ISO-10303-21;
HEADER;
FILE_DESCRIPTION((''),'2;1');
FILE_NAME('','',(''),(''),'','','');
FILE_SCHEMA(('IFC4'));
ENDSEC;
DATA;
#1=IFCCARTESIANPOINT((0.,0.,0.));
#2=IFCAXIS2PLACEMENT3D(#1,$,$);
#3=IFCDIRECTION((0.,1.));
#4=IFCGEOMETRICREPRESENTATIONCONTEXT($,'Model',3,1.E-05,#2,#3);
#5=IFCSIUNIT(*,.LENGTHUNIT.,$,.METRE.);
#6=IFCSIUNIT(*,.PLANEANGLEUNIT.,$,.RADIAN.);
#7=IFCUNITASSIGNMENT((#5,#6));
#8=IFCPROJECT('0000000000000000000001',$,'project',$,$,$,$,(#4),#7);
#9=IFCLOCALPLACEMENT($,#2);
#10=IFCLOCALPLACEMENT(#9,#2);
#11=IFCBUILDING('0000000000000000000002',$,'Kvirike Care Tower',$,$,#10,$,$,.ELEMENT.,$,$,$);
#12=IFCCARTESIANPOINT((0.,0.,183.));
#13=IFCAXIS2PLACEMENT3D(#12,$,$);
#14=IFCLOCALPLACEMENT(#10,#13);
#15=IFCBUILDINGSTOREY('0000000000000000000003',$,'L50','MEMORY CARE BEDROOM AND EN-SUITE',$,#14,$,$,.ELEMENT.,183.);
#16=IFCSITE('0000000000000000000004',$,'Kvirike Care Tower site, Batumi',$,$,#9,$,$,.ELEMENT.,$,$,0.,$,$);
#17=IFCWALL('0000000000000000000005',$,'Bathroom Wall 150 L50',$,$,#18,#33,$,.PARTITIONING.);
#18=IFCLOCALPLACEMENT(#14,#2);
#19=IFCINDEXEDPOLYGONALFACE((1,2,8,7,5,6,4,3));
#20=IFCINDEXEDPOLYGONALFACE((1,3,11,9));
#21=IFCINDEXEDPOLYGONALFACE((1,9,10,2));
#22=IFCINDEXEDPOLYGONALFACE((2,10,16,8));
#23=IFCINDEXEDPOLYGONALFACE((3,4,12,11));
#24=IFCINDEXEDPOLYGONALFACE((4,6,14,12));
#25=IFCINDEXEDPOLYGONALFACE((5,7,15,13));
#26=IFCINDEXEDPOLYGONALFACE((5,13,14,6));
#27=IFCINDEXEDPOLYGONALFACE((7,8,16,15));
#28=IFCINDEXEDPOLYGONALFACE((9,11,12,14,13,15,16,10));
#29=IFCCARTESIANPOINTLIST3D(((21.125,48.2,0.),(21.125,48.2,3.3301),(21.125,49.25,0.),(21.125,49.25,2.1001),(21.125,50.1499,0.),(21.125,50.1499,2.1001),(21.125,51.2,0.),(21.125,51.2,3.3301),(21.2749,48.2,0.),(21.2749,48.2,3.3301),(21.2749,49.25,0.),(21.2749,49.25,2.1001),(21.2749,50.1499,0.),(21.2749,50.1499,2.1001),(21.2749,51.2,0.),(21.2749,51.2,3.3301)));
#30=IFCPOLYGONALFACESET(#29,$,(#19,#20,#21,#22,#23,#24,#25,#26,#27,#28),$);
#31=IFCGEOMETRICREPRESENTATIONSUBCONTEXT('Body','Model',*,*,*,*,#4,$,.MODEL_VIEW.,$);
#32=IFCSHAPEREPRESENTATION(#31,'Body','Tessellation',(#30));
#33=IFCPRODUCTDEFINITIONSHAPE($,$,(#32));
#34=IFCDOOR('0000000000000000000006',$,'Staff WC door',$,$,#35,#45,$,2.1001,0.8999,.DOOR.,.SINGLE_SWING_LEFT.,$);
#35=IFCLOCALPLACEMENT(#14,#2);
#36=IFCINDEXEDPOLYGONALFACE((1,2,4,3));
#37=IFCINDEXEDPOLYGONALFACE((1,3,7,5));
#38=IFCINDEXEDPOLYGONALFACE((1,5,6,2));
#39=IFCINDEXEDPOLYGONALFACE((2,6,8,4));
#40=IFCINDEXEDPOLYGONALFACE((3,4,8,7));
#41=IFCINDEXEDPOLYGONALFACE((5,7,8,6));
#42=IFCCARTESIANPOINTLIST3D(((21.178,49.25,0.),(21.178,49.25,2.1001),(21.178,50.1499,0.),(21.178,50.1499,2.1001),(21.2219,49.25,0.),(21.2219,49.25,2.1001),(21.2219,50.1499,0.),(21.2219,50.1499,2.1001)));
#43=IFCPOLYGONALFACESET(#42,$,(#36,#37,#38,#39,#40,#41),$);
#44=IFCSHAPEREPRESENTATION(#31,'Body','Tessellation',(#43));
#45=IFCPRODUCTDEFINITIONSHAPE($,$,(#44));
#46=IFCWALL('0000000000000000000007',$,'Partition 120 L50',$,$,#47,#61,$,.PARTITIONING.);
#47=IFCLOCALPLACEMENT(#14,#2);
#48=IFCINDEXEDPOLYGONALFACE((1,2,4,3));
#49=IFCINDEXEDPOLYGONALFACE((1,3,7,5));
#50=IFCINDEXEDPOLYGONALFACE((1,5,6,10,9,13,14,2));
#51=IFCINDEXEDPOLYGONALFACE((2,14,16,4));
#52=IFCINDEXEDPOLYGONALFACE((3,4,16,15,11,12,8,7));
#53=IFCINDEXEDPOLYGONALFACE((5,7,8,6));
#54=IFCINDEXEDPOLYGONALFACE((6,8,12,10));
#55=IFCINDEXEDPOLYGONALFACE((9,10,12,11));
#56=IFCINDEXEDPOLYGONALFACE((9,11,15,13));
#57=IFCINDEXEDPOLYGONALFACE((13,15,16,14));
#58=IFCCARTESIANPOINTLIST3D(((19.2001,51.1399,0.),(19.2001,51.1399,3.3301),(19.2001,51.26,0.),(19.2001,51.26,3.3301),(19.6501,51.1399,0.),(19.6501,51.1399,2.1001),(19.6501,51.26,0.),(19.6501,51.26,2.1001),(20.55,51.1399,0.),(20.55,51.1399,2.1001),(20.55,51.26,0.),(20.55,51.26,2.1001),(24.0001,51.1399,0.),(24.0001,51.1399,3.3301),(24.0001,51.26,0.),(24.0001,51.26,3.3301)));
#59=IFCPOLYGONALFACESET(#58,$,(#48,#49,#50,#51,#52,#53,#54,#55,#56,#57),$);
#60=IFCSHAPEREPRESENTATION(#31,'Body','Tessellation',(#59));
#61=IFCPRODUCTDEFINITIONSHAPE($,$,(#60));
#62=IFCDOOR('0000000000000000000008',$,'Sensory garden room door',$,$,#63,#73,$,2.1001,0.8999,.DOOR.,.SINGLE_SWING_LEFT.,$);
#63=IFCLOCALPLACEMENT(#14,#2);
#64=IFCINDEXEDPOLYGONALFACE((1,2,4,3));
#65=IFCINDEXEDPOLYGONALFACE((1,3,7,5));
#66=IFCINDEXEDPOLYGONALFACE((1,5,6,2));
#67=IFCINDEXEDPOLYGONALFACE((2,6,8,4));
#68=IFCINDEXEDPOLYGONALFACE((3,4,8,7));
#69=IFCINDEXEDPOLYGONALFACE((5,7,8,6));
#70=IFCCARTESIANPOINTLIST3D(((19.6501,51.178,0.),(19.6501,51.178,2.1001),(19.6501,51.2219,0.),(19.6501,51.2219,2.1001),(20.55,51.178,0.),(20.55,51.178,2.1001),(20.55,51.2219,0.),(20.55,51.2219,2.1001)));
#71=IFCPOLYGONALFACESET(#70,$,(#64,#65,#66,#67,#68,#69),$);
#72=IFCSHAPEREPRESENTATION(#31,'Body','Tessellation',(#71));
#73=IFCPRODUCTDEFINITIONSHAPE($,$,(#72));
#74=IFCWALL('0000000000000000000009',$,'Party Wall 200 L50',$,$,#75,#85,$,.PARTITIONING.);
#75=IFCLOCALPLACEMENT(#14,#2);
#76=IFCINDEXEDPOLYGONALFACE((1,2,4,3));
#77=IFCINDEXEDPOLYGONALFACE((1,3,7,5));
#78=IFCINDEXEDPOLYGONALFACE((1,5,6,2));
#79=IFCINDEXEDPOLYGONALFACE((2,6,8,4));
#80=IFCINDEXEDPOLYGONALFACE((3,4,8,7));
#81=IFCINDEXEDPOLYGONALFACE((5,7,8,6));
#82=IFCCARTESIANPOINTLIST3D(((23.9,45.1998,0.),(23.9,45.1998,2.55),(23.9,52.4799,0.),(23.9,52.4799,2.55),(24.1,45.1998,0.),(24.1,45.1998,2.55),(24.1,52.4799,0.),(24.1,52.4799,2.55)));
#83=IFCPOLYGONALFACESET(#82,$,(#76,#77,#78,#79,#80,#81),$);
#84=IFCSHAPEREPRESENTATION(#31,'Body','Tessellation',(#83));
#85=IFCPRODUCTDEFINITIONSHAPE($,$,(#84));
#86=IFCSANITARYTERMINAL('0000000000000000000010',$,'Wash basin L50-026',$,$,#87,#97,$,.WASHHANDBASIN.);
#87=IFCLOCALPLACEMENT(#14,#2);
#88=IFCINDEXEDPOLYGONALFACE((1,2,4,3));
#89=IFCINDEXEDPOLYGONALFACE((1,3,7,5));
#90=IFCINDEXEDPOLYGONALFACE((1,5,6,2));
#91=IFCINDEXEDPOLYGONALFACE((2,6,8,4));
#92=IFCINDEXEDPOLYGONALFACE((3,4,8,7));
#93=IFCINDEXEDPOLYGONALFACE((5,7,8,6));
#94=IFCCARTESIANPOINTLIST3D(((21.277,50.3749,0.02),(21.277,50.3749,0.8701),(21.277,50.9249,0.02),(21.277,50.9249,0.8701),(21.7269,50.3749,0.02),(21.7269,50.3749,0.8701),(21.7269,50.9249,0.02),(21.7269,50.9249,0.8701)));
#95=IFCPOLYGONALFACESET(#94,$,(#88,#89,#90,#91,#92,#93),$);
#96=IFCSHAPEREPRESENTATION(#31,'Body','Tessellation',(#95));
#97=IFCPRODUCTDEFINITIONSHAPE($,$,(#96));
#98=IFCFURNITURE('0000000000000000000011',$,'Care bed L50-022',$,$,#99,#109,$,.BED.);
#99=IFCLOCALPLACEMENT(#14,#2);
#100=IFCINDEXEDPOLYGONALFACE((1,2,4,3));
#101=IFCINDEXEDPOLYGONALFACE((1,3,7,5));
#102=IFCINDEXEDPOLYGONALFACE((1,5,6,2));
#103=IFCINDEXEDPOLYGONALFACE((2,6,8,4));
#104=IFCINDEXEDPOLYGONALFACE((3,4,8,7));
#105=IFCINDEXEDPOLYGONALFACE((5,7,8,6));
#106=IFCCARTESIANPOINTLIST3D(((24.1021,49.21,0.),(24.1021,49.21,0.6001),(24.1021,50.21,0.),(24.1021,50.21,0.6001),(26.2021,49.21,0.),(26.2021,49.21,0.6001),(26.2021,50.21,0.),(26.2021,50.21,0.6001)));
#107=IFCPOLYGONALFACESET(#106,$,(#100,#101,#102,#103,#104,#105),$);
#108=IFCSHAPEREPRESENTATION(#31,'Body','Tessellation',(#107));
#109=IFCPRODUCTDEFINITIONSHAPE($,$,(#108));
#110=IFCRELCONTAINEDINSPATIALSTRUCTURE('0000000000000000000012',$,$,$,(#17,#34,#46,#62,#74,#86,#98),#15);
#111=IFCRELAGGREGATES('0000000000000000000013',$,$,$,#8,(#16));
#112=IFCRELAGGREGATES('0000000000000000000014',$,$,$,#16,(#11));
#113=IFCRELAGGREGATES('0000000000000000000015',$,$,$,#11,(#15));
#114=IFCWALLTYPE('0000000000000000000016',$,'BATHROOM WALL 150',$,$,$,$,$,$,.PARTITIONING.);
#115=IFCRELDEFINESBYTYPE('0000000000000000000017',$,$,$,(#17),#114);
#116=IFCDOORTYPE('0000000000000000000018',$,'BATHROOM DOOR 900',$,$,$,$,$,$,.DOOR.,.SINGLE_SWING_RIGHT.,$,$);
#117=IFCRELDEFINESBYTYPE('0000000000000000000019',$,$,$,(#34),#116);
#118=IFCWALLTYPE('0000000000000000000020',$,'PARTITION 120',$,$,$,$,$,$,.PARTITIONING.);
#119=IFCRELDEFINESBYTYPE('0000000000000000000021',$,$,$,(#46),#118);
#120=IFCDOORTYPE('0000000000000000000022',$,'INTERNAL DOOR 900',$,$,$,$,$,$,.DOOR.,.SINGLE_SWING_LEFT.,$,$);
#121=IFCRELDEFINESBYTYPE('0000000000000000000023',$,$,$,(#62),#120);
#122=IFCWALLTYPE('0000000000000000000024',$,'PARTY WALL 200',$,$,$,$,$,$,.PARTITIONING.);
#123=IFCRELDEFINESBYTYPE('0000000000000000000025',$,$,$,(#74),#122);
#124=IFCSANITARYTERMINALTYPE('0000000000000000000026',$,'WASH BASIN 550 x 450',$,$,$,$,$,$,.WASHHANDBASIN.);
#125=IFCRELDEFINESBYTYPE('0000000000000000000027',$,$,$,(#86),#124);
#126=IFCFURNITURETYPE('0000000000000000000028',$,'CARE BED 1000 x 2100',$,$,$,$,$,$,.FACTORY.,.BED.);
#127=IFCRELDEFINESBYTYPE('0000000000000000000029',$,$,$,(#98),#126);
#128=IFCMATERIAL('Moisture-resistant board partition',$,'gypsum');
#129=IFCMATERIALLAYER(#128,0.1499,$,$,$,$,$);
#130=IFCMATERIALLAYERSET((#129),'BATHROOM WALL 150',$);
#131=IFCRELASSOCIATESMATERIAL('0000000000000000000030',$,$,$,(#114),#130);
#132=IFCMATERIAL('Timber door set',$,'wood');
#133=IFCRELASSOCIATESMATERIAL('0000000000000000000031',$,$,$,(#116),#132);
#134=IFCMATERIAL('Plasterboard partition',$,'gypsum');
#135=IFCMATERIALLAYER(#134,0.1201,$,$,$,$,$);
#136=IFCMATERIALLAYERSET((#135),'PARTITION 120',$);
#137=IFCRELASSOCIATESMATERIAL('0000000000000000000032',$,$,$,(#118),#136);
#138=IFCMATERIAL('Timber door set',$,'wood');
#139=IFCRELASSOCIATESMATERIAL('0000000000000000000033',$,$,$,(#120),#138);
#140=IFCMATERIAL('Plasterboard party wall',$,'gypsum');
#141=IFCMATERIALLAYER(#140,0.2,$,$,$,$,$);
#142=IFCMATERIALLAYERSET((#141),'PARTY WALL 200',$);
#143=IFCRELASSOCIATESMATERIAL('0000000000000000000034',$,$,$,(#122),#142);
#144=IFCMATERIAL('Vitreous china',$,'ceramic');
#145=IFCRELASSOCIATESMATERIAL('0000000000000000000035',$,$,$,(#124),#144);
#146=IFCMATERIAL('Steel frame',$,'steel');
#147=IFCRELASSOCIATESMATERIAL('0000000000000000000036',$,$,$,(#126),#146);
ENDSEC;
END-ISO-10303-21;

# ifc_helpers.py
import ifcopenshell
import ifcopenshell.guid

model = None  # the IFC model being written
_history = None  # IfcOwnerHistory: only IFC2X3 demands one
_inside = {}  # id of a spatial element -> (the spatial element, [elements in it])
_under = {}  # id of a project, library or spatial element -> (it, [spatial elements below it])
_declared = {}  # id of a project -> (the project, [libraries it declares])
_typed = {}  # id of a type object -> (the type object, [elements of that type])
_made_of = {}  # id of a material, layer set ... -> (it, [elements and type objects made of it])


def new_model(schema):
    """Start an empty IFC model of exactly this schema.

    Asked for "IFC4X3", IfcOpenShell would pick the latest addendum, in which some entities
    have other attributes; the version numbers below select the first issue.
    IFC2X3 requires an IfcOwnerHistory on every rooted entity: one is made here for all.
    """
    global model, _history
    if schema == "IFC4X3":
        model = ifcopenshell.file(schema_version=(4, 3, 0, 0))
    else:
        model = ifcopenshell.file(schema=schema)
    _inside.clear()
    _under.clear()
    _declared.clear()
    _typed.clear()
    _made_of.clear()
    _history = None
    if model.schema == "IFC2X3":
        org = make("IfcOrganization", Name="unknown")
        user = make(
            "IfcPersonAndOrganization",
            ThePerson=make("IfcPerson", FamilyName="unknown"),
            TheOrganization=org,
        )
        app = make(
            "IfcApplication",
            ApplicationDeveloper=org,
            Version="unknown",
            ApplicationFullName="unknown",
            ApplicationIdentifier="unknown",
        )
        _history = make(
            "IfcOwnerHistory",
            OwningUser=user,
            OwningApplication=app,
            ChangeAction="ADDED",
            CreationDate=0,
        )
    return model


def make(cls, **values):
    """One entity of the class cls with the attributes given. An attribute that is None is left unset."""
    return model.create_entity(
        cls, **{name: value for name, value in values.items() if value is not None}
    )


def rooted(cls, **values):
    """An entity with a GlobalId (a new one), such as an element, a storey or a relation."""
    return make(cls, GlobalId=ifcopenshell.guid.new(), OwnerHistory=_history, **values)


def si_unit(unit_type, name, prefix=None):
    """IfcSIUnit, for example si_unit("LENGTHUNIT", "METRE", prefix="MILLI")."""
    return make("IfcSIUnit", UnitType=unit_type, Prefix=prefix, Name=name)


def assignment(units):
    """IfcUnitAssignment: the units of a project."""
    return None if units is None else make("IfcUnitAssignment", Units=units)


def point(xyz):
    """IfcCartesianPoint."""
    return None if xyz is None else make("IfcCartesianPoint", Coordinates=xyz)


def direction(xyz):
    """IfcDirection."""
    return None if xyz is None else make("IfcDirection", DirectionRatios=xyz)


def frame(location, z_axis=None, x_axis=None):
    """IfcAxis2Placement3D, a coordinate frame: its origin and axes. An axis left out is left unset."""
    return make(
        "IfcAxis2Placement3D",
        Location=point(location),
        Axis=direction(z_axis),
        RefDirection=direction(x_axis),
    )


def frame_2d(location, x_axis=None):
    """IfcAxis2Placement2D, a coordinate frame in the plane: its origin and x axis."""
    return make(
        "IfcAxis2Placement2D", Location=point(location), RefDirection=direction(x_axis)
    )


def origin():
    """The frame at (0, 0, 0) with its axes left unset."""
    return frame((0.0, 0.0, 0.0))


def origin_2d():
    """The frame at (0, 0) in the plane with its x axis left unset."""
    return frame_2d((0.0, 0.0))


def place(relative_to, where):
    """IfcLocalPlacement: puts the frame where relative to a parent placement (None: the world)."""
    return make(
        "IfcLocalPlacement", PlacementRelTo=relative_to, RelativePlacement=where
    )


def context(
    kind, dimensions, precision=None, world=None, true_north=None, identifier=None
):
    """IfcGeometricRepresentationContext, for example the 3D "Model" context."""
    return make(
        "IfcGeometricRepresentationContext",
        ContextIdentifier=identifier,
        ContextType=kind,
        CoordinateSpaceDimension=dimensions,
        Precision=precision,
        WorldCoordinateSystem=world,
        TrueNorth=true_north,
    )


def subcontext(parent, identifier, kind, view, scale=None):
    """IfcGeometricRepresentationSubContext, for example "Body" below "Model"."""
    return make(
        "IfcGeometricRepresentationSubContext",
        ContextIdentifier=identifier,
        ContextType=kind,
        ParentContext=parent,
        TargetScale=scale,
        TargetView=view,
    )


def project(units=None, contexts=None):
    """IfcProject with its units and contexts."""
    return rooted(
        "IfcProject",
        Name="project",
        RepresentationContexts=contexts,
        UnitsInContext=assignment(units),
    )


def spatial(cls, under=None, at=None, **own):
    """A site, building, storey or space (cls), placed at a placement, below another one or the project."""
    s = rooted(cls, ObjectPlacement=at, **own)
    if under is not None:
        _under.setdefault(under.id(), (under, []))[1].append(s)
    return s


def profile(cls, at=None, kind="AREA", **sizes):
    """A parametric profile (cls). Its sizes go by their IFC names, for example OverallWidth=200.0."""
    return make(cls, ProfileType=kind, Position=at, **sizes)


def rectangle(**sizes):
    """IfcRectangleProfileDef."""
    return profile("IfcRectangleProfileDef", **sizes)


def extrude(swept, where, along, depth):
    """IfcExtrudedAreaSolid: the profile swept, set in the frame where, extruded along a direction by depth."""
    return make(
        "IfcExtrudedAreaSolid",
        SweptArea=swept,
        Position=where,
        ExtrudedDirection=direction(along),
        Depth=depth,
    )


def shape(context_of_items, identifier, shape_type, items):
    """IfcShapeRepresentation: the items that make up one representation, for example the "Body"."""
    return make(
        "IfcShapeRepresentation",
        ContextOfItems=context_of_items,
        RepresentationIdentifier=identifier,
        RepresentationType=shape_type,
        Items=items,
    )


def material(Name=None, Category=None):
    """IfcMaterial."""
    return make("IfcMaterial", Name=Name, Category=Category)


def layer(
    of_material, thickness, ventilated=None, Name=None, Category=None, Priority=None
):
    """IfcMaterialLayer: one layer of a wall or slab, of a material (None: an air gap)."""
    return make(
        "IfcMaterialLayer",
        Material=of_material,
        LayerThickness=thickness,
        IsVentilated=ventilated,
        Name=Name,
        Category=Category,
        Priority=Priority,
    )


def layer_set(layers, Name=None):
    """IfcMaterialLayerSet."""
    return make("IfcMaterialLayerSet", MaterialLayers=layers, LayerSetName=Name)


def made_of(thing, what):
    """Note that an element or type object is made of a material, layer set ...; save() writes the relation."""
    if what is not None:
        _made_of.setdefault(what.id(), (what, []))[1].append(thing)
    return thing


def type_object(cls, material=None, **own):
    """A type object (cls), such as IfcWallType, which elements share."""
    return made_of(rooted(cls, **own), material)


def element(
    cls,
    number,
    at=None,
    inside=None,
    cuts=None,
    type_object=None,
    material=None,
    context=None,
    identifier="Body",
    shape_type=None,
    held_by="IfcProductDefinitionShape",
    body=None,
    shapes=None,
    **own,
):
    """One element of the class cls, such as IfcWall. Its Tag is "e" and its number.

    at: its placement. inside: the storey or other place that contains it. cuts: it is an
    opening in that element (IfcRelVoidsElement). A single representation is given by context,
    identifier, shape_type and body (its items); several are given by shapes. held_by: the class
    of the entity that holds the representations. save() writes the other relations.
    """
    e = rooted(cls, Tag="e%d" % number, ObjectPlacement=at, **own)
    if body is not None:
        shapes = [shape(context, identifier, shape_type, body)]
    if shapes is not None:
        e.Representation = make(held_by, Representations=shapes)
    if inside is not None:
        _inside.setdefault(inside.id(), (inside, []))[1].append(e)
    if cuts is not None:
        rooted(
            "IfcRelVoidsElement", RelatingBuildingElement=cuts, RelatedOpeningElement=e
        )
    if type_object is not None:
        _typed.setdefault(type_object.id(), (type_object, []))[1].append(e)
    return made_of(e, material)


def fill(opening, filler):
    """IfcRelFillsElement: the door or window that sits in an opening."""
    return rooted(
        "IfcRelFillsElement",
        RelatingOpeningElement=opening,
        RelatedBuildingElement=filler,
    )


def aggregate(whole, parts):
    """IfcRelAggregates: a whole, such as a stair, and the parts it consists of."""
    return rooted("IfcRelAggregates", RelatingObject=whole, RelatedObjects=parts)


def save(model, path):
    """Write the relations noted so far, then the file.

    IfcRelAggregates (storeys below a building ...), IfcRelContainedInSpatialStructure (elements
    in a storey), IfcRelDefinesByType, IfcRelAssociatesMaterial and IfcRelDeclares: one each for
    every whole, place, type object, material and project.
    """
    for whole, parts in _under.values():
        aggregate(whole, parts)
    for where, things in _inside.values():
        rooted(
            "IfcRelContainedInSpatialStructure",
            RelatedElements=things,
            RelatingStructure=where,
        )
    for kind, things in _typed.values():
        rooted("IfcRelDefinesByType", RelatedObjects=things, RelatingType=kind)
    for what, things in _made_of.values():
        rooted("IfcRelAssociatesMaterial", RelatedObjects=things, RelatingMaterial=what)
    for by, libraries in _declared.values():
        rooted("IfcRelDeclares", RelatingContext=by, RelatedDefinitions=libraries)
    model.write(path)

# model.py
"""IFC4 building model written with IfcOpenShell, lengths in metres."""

from ifc_helpers import new_model, si_unit, direction, frame, frame_2d, origin, origin_2d, place, context, subcontext, project, spatial, rectangle, extrude, material, layer, layer_set, type_object, element, fill, save


model = new_model("IFC4")

# Units and contexts
model_context = context("Model", 3, precision=1e-05, world=origin(), true_north=direction((0.0, 1.0)))
body_context = subcontext(model_context, "Body", "Model", "MODEL_VIEW")
ifc_project = project(units=[si_unit("LENGTHUNIT", "METRE"), si_unit("PLANEANGLEUNIT", "RADIAN")], contexts=[model_context])

# Site, building, storey
site_placement = place(None, origin())
site = spatial("IfcSite", under=ifc_project, at=site_placement, Name="Kvirike Care Tower site, Batumi", CompositionType="ELEMENT", RefElevation=0.0)
building_placement = place(site_placement, origin())
building = spatial("IfcBuilding", under=site, at=building_placement, Name="Kvirike Care Tower", CompositionType="ELEMENT")
storey_placement = place(building_placement, frame((0.0, 0.0, 183.0)))
storey = spatial("IfcBuildingStorey", under=building, at=storey_placement, Name="L50", Description="MEMORY CARE BEDROOM AND EN-SUITE", CompositionType="ELEMENT", Elevation=183.0)

# Walls, openings, doors
ifc_material_1 = material(Name="Moisture-resistant board partition", Category="gypsum")
ifc_layer_1 = layer(ifc_material_1, 0.1499)
ifc_layer_set_1 = layer_set([ifc_layer_1], Name="BATHROOM WALL 150")
wall_type_1 = type_object("IfcWallType", Name="BATHROOM WALL 150", PredefinedType="PARTITIONING", material=ifc_layer_set_1)
wall_1_placement = place(storey_placement, frame((21.2, 51.2, 0.0), z_axis=(0.0, 0.0, 1.0), x_axis=(0.0, -1.0, 0.0)))
wall_1 = element("IfcWall", 1, at=wall_1_placement, inside=storey, type_object=wall_type_1, Name="Bathroom Wall 150 L50", PredefinedType="PARTITIONING", context=body_context, shape_type="SweptSolid", body=[
    extrude(rectangle(XDim=3.0, YDim=0.1499, at=frame_2d((1.5, 0.0))), origin(), (0.0, 0.0, 1.0), 3.3301),
])
opening_1_placement = place(wall_1_placement, frame((1.05, 0.0, 0.0)))
opening_1 = element("IfcOpeningElement", 2, at=opening_1_placement, cuts=wall_1, PredefinedType="OPENING", context=body_context, shape_type="SweptSolid", body=[
    extrude(rectangle(XDim=0.8999, YDim=2.1001, at=frame_2d((0.45, 1.05))), frame((0.0, 0.0854, 0.0), z_axis=(0.0, -1.0, 0.0), x_axis=(1.0, 0.0, 0.0)), (0.0, 0.0, 1.0), 0.1709),
])
ifc_material_2 = material(Name="Timber door set", Category="wood")
door_type_1 = type_object("IfcDoorType", Name="BATHROOM DOOR 900", OperationType="SINGLE_SWING_RIGHT", PredefinedType="DOOR", material=ifc_material_2)
door_1_placement = place(opening_1_placement, origin())
door_1 = element("IfcDoor", 3, at=door_1_placement, inside=storey, type_object=door_type_1, Name="Staff WC door", OperationType="SINGLE_SWING_LEFT", OverallHeight=2.1001, OverallWidth=0.8999, PredefinedType="DOOR", context=body_context, shape_type="SweptSolid", body=[
    extrude(rectangle(XDim=0.8999, YDim=2.1001, at=frame_2d((0.45, 1.05))), frame((0.0, 0.022, 0.0), z_axis=(0.0, -1.0, 0.0), x_axis=(1.0, 0.0, 0.0)), (0.0, 0.0, 1.0), 0.0439),
])
fill(opening_1, door_1)
ifc_material_3 = material(Name="Plasterboard partition", Category="gypsum")
ifc_layer_2 = layer(ifc_material_3, 0.1201)
ifc_layer_set_2 = layer_set([ifc_layer_2], Name="PARTITION 120")
wall_type_2 = type_object("IfcWallType", Name="PARTITION 120", PredefinedType="PARTITIONING", material=ifc_layer_set_2)
wall_2_placement = place(storey_placement, frame((24.0, 51.2, 0.0), z_axis=(0.0, 0.0, 1.0), x_axis=(-1.0, 0.0, 0.0)))
wall_2 = element("IfcWall", 4, at=wall_2_placement, inside=storey, type_object=wall_type_2, Name="Partition 120 L50", PredefinedType="PARTITIONING", context=body_context, shape_type="SweptSolid", body=[
    extrude(rectangle(XDim=4.8, YDim=0.1201, at=frame_2d((2.3999, 0.0))), origin(), (0.0, 0.0, 1.0), 3.3301),
])
opening_2_placement = place(wall_2_placement, frame((3.45, 0.0, 0.0)))
opening_2 = element("IfcOpeningElement", 5, at=opening_2_placement, cuts=wall_2, PredefinedType="OPENING", context=body_context, shape_type="SweptSolid", body=[
    extrude(rectangle(XDim=0.8999, YDim=2.1001, at=frame_2d((0.45, 1.05))), frame((0.0, 0.0706, 0.0), z_axis=(0.0, -1.0, 0.0), x_axis=(1.0, 0.0, 0.0)), (0.0, 0.0, 1.0), 0.1411),
])
ifc_material_4 = material(Name="Timber door set", Category="wood")
door_type_2 = type_object("IfcDoorType", Name="INTERNAL DOOR 900", OperationType="SINGLE_SWING_LEFT", PredefinedType="DOOR", material=ifc_material_4)
door_2_placement = place(opening_2_placement, origin())
door_2 = element("IfcDoor", 6, at=door_2_placement, inside=storey, type_object=door_type_2, Name="Sensory garden room door", OperationType="SINGLE_SWING_LEFT", OverallHeight=2.1001, OverallWidth=0.8999, PredefinedType="DOOR", context=body_context, shape_type="SweptSolid", body=[
    extrude(rectangle(XDim=0.8999, YDim=2.1001, at=frame_2d((0.45, 1.05))), frame((0.0, 0.022, 0.0), z_axis=(0.0, -1.0, 0.0), x_axis=(1.0, 0.0, 0.0)), (0.0, 0.0, 1.0), 0.0439),
])
fill(opening_2, door_2)

# Wall
ifc_material_5 = material(Name="Plasterboard party wall", Category="gypsum")
ifc_layer_3 = layer(ifc_material_5, 0.2)
ifc_layer_set_3 = layer_set([ifc_layer_3], Name="PARTY WALL 200")
wall_type_3 = type_object("IfcWallType", Name="PARTY WALL 200", PredefinedType="PARTITIONING", material=ifc_layer_set_3)
wall_3_placement = place(storey_placement, frame((24.0, 52.48, 0.0), z_axis=(0.0, 0.0, 1.0), x_axis=(0.0, -1.0, 0.0)))
element("IfcWall", 7, at=wall_3_placement, inside=storey, type_object=wall_type_3, Name="Party Wall 200 L50", PredefinedType="PARTITIONING", context=body_context, shape_type="SweptSolid", body=[
    extrude(rectangle(XDim=7.28, YDim=0.2, at=frame_2d((3.6401, 0.0))), origin(), (0.0, 0.0, 1.0), 2.55),
])

# Sanitary terminal
ifc_material_6 = material(Name="Vitreous china", Category="ceramic")
sanitary_terminal_type = type_object("IfcSanitaryTerminalType", Name="WASH BASIN 550 x 450", PredefinedType="WASHHANDBASIN", material=ifc_material_6)
sanitary_terminal_placement = place(storey_placement, frame((21.502, 50.6499, 0.02), z_axis=(0.0, 0.0, 1.0), x_axis=(0.0, 1.0, 0.0)))
element("IfcSanitaryTerminal", 8, at=sanitary_terminal_placement, inside=storey, type_object=sanitary_terminal_type, Name="Wash basin L50-026", PredefinedType="WASHHANDBASIN", context=body_context, shape_type="SweptSolid", body=[
    extrude(rectangle(XDim=0.55, YDim=0.45, at=origin_2d()), origin(), (0.0, 0.0, 1.0), 0.8501),
])

# Furniture
ifc_material_7 = material(Name="Steel frame", Category="steel")
furniture_type = type_object("IfcFurnitureType", Name="CARE BED 1000 x 2100", AssemblyPlace="FACTORY", PredefinedType="BED", material=ifc_material_7)
furniture_placement = place(storey_placement, frame((25.1521, 49.71, 0.0), z_axis=(0.0, 0.0, 1.0), x_axis=(0.0, 1.0, 0.0)))
element("IfcFurniture", 9, at=furniture_placement, inside=storey, type_object=furniture_type, Name="Care bed L50-022", PredefinedType="BED", context=body_context, shape_type="SweptSolid", body=[
    extrude(rectangle(XDim=1.0, YDim=2.1001, at=origin_2d()), origin(), (0.0, 0.0, 1.0), 0.6001),
])

save(model, "model.ifc")
